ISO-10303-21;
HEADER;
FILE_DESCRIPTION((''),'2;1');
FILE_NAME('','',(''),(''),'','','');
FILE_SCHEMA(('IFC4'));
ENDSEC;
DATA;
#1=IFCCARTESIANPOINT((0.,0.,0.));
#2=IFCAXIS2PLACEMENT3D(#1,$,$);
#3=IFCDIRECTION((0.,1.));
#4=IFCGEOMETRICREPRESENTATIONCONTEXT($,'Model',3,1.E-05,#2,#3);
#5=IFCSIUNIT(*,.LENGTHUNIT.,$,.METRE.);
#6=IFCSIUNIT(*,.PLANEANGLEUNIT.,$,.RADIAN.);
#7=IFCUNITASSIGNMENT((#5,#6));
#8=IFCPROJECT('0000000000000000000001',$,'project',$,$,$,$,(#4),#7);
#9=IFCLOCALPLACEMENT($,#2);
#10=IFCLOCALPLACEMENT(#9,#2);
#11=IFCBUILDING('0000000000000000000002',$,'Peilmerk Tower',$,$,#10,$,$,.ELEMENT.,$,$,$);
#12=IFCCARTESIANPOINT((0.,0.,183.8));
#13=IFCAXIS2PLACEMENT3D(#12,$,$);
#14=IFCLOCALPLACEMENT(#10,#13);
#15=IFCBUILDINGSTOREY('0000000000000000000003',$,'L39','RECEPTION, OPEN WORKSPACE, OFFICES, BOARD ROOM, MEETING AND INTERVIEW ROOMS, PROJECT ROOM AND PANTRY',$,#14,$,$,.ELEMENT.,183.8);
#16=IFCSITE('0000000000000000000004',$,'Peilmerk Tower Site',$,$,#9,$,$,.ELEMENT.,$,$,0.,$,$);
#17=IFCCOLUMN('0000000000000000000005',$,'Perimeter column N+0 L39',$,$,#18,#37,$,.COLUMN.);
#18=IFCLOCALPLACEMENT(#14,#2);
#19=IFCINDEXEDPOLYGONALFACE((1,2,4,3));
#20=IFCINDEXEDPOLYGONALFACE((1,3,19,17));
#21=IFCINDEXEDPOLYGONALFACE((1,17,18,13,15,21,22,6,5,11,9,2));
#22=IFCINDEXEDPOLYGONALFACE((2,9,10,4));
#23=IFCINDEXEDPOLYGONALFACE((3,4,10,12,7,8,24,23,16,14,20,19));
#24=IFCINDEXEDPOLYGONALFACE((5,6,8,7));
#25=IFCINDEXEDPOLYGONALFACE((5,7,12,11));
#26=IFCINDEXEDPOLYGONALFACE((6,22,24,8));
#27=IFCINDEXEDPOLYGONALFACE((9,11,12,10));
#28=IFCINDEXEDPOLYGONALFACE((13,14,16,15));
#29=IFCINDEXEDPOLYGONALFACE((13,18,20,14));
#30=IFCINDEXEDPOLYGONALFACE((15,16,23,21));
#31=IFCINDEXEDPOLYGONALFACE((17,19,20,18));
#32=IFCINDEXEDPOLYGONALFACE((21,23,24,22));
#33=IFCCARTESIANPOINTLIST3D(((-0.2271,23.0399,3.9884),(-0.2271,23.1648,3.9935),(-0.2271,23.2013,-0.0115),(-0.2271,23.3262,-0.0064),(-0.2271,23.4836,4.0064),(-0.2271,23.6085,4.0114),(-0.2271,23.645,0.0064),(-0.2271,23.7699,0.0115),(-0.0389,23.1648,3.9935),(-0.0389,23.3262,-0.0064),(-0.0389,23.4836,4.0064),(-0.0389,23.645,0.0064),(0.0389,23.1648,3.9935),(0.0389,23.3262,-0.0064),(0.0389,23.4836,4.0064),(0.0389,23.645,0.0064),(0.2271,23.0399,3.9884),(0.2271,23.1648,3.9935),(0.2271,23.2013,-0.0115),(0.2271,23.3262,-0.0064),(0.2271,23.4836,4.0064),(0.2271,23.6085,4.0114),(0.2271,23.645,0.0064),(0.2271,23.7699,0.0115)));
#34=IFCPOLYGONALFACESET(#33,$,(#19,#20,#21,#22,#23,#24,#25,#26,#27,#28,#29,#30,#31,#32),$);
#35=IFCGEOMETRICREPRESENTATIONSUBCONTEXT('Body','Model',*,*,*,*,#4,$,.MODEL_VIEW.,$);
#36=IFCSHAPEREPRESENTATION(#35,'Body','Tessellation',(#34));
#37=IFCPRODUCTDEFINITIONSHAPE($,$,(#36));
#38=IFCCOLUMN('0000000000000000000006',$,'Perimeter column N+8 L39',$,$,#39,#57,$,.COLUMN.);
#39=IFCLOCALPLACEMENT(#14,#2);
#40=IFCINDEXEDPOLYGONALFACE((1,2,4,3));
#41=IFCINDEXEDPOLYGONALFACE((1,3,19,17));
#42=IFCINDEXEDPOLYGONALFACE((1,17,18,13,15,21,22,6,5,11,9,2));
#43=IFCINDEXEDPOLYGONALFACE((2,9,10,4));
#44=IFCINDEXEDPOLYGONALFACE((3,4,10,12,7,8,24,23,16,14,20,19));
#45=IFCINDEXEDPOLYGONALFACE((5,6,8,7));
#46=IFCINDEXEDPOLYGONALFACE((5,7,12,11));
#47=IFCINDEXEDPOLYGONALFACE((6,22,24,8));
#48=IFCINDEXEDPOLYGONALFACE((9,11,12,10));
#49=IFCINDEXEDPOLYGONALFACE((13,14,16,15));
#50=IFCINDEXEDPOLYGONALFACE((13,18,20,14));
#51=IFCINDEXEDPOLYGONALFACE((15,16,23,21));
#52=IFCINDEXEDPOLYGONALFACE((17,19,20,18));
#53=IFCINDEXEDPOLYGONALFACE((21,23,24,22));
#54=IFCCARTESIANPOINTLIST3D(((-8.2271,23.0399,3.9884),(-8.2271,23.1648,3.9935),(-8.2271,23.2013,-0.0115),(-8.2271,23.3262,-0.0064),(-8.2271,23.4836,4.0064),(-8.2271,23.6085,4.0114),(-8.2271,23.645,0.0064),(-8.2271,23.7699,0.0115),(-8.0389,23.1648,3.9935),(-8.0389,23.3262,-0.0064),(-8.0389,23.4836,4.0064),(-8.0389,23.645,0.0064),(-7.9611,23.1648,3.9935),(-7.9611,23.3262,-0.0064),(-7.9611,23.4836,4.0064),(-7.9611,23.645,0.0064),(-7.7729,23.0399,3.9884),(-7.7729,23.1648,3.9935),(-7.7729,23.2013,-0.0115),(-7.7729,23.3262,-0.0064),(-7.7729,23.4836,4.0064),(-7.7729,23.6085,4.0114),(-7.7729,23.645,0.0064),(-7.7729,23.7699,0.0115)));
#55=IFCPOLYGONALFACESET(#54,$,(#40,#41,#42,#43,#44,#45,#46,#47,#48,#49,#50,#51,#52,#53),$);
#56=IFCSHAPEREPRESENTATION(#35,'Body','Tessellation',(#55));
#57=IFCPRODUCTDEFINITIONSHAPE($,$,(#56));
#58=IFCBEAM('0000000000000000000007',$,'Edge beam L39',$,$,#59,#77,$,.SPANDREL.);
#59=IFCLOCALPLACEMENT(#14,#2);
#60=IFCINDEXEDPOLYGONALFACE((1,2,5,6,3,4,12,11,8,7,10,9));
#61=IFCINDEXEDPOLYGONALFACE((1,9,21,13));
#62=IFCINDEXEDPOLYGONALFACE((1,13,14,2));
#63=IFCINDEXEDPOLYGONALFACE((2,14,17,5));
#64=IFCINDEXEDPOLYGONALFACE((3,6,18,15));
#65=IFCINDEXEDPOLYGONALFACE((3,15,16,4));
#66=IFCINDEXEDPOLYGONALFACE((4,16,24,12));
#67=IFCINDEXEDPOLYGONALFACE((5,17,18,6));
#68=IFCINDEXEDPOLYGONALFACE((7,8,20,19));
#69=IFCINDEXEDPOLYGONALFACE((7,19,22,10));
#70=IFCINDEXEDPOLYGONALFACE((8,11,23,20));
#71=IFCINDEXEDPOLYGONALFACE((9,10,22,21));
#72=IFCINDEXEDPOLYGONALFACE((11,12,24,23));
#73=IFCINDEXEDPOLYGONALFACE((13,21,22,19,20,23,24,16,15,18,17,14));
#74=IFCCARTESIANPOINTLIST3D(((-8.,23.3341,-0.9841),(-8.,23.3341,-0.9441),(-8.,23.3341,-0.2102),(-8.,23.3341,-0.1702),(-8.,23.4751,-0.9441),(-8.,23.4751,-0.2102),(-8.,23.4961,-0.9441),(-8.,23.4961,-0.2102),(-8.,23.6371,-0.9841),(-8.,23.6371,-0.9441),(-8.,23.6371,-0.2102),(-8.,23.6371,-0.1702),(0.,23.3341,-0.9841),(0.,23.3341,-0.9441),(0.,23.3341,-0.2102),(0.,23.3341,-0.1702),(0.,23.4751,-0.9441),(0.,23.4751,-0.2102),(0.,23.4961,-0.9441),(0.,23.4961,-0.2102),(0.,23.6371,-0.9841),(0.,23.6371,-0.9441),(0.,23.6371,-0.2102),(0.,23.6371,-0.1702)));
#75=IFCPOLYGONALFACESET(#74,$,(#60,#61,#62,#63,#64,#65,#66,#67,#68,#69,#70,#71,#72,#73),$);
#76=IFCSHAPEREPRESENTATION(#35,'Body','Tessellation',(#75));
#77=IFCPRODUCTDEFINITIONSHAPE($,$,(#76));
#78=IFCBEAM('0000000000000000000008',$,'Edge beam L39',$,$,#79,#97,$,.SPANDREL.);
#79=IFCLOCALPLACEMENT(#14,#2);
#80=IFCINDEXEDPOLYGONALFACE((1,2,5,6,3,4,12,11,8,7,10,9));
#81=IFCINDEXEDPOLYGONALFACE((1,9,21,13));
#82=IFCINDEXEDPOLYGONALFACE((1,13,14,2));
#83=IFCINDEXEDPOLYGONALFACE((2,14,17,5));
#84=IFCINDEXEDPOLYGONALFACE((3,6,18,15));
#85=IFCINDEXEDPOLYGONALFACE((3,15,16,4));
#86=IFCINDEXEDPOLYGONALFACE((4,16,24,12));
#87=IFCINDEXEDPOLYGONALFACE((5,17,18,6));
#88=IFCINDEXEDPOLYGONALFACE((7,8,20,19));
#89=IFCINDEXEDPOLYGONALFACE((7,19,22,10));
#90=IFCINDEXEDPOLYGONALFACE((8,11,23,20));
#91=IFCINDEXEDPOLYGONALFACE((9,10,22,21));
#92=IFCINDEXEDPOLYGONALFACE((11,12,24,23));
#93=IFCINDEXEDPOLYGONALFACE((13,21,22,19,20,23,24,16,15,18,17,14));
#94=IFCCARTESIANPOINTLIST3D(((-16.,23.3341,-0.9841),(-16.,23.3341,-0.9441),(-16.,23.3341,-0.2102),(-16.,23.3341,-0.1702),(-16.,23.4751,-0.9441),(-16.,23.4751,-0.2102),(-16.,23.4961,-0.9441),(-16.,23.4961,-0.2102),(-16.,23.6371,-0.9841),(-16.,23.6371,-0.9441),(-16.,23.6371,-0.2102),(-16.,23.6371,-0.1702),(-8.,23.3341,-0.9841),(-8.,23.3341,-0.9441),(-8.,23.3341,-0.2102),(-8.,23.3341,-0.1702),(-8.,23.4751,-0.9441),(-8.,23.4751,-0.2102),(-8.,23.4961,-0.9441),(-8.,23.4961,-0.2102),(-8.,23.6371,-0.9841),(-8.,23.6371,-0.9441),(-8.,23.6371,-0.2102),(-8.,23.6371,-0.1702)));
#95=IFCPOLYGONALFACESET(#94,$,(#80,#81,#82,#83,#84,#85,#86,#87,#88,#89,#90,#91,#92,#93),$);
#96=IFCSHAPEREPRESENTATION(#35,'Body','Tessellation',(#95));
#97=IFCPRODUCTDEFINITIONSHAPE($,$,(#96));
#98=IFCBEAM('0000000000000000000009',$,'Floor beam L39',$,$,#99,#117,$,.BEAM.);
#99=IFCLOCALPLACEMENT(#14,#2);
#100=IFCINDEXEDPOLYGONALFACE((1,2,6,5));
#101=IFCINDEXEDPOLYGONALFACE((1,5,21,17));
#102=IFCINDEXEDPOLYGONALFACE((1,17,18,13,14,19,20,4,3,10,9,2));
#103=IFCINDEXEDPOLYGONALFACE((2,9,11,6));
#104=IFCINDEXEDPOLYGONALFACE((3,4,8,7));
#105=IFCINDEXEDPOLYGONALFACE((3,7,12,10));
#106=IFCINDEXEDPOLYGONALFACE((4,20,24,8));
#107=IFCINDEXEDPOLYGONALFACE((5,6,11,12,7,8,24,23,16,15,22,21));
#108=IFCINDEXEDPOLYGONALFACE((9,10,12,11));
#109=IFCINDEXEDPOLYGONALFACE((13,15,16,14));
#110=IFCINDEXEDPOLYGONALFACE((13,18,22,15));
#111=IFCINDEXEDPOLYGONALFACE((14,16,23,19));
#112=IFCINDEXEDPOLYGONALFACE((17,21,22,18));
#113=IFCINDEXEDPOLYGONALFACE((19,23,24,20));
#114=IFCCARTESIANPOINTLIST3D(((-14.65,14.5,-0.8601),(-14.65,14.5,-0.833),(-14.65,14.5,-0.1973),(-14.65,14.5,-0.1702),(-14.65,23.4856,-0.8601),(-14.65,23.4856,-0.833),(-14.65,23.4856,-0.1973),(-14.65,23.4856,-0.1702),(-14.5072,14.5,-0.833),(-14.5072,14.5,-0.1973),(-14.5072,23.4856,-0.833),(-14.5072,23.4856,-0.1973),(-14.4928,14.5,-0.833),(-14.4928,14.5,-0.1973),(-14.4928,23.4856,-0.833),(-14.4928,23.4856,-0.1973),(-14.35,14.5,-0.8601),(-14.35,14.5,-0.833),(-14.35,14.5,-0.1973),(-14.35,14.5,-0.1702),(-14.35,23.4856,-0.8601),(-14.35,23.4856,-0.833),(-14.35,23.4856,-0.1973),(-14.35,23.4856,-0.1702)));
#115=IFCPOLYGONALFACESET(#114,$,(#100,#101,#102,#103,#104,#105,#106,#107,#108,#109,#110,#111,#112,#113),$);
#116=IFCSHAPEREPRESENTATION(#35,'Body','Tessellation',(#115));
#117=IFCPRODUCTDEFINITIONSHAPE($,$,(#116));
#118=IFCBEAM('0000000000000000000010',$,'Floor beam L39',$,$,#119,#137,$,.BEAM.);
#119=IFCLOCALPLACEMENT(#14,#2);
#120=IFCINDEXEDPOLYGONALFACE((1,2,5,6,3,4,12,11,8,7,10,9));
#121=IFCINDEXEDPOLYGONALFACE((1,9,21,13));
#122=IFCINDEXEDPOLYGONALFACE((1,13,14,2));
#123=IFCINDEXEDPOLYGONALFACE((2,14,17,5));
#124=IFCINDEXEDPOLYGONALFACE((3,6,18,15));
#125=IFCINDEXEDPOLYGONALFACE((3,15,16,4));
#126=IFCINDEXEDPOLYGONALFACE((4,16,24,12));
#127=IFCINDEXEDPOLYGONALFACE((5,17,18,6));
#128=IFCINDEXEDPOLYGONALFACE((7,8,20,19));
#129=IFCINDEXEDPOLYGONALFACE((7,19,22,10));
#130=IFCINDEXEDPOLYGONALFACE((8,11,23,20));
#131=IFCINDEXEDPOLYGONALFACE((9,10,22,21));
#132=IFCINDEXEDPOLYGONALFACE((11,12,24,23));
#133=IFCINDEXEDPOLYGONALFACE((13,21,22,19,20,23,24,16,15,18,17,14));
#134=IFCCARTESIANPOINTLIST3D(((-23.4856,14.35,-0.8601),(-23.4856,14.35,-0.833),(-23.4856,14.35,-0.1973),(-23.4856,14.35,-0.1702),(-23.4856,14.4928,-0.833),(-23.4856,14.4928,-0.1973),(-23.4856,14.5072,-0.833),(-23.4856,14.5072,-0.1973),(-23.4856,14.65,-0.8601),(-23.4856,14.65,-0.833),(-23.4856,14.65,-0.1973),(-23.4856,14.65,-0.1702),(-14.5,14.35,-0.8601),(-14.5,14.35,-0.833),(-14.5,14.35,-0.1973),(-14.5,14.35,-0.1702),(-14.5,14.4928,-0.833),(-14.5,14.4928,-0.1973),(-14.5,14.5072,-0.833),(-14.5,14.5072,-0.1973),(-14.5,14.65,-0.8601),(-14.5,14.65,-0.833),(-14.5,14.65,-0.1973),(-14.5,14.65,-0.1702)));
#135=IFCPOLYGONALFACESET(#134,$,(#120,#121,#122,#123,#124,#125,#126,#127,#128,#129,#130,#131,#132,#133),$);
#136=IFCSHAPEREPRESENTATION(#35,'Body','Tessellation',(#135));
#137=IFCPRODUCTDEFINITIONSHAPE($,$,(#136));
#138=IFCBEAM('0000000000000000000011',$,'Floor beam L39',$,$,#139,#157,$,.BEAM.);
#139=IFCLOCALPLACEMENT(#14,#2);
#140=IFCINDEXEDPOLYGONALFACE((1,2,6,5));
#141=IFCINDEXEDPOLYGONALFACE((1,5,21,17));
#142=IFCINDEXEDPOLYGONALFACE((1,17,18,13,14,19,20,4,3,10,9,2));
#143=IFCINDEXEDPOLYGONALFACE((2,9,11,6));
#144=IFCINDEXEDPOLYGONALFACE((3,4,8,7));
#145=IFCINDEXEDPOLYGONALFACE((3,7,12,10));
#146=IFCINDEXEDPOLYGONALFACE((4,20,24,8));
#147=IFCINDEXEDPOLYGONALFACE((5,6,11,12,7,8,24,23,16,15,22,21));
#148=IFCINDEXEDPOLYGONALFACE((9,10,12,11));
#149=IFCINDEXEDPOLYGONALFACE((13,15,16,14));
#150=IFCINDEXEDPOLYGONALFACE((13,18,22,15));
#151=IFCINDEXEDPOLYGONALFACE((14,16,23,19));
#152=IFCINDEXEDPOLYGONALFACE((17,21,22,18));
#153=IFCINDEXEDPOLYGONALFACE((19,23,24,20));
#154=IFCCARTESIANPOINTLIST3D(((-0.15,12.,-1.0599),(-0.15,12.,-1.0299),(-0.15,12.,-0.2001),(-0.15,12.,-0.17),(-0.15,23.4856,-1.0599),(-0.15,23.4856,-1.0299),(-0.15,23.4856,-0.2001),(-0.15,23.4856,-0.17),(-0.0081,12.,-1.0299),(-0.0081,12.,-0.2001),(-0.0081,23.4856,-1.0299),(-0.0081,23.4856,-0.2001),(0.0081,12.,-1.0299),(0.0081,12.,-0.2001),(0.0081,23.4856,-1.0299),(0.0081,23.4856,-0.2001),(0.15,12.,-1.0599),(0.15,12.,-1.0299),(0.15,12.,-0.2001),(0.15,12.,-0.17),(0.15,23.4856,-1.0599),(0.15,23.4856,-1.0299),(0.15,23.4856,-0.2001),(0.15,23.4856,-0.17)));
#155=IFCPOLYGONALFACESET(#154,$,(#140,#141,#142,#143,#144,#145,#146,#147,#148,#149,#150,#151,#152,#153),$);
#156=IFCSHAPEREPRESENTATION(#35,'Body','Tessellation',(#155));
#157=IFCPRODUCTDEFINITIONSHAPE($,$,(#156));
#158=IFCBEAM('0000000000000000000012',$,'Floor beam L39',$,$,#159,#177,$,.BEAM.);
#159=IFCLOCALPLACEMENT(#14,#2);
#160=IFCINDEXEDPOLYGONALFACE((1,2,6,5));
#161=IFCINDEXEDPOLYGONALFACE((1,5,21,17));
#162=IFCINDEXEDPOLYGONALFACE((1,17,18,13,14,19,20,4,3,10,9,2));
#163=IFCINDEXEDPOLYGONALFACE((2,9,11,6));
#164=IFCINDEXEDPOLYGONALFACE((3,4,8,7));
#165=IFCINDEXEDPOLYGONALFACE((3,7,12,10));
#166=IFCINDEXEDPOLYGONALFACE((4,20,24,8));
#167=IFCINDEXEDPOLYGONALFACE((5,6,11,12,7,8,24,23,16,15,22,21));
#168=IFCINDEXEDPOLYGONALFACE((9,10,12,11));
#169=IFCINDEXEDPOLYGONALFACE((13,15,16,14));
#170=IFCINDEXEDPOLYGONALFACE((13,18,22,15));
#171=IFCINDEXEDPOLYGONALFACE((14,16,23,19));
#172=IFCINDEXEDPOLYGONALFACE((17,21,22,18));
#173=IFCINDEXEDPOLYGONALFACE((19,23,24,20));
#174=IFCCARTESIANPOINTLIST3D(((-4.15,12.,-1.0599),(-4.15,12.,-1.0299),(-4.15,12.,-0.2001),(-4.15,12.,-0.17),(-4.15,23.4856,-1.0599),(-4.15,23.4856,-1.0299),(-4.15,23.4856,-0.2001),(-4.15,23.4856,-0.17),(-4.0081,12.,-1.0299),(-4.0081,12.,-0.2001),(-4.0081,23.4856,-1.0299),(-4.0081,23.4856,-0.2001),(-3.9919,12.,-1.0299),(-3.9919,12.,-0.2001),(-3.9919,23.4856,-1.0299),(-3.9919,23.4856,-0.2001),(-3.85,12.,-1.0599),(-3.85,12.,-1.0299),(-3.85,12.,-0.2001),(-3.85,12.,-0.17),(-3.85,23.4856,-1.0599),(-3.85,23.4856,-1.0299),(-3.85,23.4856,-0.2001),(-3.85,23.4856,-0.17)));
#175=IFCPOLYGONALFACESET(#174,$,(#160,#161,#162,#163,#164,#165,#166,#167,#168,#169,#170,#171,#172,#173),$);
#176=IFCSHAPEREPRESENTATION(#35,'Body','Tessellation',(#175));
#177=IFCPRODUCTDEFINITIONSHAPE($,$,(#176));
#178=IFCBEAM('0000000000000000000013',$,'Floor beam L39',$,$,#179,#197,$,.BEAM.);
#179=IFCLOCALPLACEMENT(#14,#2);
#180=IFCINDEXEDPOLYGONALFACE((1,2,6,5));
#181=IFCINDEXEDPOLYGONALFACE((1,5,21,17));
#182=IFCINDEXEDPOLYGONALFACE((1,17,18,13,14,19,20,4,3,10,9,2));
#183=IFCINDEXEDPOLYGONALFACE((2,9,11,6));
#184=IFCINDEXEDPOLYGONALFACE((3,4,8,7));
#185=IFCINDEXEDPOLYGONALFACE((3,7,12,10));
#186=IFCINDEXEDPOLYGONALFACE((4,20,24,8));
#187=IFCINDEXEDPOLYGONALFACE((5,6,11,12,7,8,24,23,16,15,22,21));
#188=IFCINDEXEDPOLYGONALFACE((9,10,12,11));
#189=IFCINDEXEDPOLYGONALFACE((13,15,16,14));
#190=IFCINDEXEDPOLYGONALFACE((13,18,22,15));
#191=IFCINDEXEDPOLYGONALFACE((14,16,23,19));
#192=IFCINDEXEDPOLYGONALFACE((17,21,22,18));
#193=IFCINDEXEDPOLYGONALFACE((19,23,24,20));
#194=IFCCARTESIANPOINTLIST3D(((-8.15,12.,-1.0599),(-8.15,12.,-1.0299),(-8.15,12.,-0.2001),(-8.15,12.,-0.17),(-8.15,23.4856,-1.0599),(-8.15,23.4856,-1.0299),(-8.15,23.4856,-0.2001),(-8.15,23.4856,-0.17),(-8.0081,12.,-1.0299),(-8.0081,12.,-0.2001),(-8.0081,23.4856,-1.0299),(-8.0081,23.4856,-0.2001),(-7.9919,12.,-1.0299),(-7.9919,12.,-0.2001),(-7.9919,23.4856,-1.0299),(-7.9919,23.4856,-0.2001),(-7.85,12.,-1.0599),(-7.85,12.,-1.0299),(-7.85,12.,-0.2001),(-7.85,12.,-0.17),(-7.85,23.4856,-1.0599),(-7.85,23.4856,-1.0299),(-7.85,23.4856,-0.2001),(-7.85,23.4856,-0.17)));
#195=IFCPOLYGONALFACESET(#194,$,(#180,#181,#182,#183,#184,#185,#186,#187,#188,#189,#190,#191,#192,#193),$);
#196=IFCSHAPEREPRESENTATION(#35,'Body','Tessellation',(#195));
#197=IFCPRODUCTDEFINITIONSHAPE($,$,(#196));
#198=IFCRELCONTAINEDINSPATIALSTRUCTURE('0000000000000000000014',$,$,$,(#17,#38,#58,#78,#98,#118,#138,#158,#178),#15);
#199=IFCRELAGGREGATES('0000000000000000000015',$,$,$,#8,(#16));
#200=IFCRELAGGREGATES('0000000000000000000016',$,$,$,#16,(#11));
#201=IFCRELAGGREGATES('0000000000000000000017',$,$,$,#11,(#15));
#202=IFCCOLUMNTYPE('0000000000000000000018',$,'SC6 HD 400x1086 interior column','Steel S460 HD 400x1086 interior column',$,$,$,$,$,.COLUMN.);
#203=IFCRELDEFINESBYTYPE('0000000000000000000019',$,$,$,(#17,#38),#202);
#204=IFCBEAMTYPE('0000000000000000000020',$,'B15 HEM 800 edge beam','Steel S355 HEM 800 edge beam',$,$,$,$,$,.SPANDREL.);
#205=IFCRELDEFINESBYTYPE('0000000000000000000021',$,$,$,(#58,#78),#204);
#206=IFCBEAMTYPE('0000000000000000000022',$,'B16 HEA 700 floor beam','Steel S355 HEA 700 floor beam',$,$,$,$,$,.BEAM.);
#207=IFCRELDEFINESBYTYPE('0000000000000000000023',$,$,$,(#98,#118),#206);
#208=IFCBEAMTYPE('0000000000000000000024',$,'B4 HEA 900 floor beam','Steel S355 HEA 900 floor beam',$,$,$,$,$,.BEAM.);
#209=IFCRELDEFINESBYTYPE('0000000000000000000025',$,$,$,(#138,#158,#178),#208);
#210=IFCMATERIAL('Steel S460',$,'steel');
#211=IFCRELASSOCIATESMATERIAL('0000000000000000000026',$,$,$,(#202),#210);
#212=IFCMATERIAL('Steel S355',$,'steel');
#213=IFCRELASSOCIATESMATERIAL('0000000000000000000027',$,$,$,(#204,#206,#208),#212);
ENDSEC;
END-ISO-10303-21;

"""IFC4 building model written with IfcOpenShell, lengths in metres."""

from ifc_helpers import new_model, si_unit, direction, frame, origin, origin_2d, place, context, subcontext, project, spatial, i_section, extrude, material, material_profile, profile_set, type_object, element, save


model = new_model("IFC4")

# Units and contexts
model_context = context("Model", 3, precision=1e-05, world=origin(), true_north=direction((0.0, 1.0)))
body_context = subcontext(model_context, "Body", "Model", "MODEL_VIEW")
ifc_project = project(units=[si_unit("LENGTHUNIT", "METRE"), si_unit("PLANEANGLEUNIT", "RADIAN")], contexts=[model_context])

# Site, building, storey
site_placement = place(None, origin())
site = spatial("IfcSite", under=ifc_project, at=site_placement, Name="Peilmerk Tower Site", CompositionType="ELEMENT", RefElevation=0.0)
building_placement = place(site_placement, origin())
building = spatial("IfcBuilding", under=site, at=building_placement, Name="Peilmerk Tower", CompositionType="ELEMENT")
storey_placement = place(building_placement, frame((0.0, 0.0, 183.8)))
storey = spatial("IfcBuildingStorey", under=building, at=storey_placement, Name="L39", Description="RECEPTION, OPEN WORKSPACE, OFFICES, BOARD ROOM, MEETING AND INTERVIEW ROOMS, PROJECT ROOM AND PANTRY", CompositionType="ELEMENT", Elevation=183.8)

# Columns
ifc_material_1 = material(Name="Steel S460", Category="steel")
ifc_material_profile_1 = material_profile(ifc_material_1, i_section(OverallWidth=0.4541, OverallDepth=0.5691, WebThickness=0.0779, FlangeThickness=0.125, at=origin_2d()), Name="HD 400x1086")
ifc_profile_set_1 = profile_set([ifc_material_profile_1], Name="Steel S460")
column_type = type_object("IfcColumnType", Name="SC6 HD 400x1086 interior column", Description="Steel S460 HD 400x1086 interior column", PredefinedType="COLUMN", material=ifc_profile_set_1)
for number, where, z_axis, x_axis, name in (
    (1, (0.0, 23.4856, 0.0), (0.0, -0.040311, 0.999187), (1.0, 0.0, 0.0), "Perimeter column N+0 L39"),
    (2, (-8.0, 23.4856, 0.0), (0.0, -0.040311, 0.999187), (1.0, 0.0, 0.0), "Perimeter column N+8 L39"),
):
    element("IfcColumn", number, at=place(storey_placement, frame(where, z_axis=z_axis, x_axis=x_axis)), inside=storey, type_object=column_type, Name=name, PredefinedType="COLUMN", context=body_context, shape_type="SweptSolid", body=[
        extrude(i_section(OverallWidth=0.4541, OverallDepth=0.5691, WebThickness=0.0779, FlangeThickness=0.125, at=origin_2d()), origin(), (0.0, 0.0, 1.0), 4.0032),
    ])

# Beams
ifc_material_2 = material(Name="Steel S355", Category="steel")
ifc_material_profile_2 = material_profile(ifc_material_2, i_section(OverallWidth=0.303, OverallDepth=0.814, WebThickness=0.021, FlangeThickness=0.04, at=origin_2d()), Name="HEM 800")
ifc_profile_set_2 = profile_set([ifc_material_profile_2], Name="Steel S355")
beam_type_1 = type_object("IfcBeamType", Name="B15 HEM 800 edge beam", Description="Steel S355 HEM 800 edge beam", PredefinedType="SPANDREL", material=ifc_profile_set_2)
for number, where, z_axis, x_axis, name in (
    (3, (0.0, 23.4856, -0.5771), (-1.0, 0.0, 0.0), (0.0, -1.0, 0.0), "Edge beam L39"),
    (4, (-8.0, 23.4856, -0.5771), (-1.0, 0.0, 0.0), (0.0, -1.0, 0.0), "Edge beam L39"),
):
    element("IfcBeam", number, at=place(storey_placement, frame(where, z_axis=z_axis, x_axis=x_axis)), inside=storey, type_object=beam_type_1, Name=name, PredefinedType="SPANDREL", context=body_context, shape_type="SweptSolid", body=[
        extrude(i_section(OverallWidth=0.303, OverallDepth=0.814, WebThickness=0.021, FlangeThickness=0.04, at=origin_2d()), origin(), (0.0, 0.0, 1.0), 8.0),
    ])
ifc_material_profile_3 = material_profile(ifc_material_2, i_section(OverallWidth=0.3, OverallDepth=0.6899, WebThickness=0.0144, FlangeThickness=0.0271, at=origin_2d()), Name="HEA 700")
ifc_profile_set_3 = profile_set([ifc_material_profile_3], Name="Steel S355")
beam_type_2 = type_object("IfcBeamType", Name="B16 HEA 700 floor beam", Description="Steel S355 HEA 700 floor beam", PredefinedType="BEAM", material=ifc_profile_set_3)
for number, where, z_axis, x_axis, name in (
    (5, (-14.5, 14.5, -0.5151), (0.0, 1.0, 0.0), (-1.0, 0.0, 0.0), "Floor beam L39"),
    (6, (-14.5, 14.5, -0.5151), (-1.0, 0.0, 0.0), (0.0, -1.0, 0.0), "Floor beam L39"),
):
    element("IfcBeam", number, at=place(storey_placement, frame(where, z_axis=z_axis, x_axis=x_axis)), inside=storey, type_object=beam_type_2, Name=name, PredefinedType="BEAM", context=body_context, shape_type="SweptSolid", body=[
        extrude(i_section(OverallWidth=0.3, OverallDepth=0.6899, WebThickness=0.0144, FlangeThickness=0.0271, at=origin_2d()), origin(), (0.0, 0.0, 1.0), 8.9856),
    ])
ifc_material_profile_4 = material_profile(ifc_material_2, i_section(OverallWidth=0.3, OverallDepth=0.8899, WebThickness=0.0161, FlangeThickness=0.03, at=origin_2d()), Name="HEA 900")
ifc_profile_set_4 = profile_set([ifc_material_profile_4], Name="Steel S355")
beam_type_3 = type_object("IfcBeamType", Name="B4 HEA 900 floor beam", Description="Steel S355 HEA 900 floor beam", PredefinedType="BEAM", material=ifc_profile_set_4)
for number, where, z_axis, x_axis, name in (
    (7, (0.0, 12.0, -0.615), (0.0, 1.0, 0.0), (-1.0, 0.0, 0.0), "Floor beam L39"),
    (8, (-4.0, 12.0, -0.615), (0.0, 1.0, 0.0), (-1.0, 0.0, 0.0), "Floor beam L39"),
    (9, (-8.0, 12.0, -0.615), (0.0, 1.0, 0.0), (-1.0, 0.0, 0.0), "Floor beam L39"),
):
    element("IfcBeam", number, at=place(storey_placement, frame(where, z_axis=z_axis, x_axis=x_axis)), inside=storey, type_object=beam_type_3, Name=name, PredefinedType="BEAM", context=body_context, shape_type="SweptSolid", body=[
        extrude(i_section(OverallWidth=0.3, OverallDepth=0.8899, WebThickness=0.0161, FlangeThickness=0.03, at=origin_2d()), origin(), (0.0, 0.0, 1.0), 11.4856),
    ])

save(model, "model.ifc")
